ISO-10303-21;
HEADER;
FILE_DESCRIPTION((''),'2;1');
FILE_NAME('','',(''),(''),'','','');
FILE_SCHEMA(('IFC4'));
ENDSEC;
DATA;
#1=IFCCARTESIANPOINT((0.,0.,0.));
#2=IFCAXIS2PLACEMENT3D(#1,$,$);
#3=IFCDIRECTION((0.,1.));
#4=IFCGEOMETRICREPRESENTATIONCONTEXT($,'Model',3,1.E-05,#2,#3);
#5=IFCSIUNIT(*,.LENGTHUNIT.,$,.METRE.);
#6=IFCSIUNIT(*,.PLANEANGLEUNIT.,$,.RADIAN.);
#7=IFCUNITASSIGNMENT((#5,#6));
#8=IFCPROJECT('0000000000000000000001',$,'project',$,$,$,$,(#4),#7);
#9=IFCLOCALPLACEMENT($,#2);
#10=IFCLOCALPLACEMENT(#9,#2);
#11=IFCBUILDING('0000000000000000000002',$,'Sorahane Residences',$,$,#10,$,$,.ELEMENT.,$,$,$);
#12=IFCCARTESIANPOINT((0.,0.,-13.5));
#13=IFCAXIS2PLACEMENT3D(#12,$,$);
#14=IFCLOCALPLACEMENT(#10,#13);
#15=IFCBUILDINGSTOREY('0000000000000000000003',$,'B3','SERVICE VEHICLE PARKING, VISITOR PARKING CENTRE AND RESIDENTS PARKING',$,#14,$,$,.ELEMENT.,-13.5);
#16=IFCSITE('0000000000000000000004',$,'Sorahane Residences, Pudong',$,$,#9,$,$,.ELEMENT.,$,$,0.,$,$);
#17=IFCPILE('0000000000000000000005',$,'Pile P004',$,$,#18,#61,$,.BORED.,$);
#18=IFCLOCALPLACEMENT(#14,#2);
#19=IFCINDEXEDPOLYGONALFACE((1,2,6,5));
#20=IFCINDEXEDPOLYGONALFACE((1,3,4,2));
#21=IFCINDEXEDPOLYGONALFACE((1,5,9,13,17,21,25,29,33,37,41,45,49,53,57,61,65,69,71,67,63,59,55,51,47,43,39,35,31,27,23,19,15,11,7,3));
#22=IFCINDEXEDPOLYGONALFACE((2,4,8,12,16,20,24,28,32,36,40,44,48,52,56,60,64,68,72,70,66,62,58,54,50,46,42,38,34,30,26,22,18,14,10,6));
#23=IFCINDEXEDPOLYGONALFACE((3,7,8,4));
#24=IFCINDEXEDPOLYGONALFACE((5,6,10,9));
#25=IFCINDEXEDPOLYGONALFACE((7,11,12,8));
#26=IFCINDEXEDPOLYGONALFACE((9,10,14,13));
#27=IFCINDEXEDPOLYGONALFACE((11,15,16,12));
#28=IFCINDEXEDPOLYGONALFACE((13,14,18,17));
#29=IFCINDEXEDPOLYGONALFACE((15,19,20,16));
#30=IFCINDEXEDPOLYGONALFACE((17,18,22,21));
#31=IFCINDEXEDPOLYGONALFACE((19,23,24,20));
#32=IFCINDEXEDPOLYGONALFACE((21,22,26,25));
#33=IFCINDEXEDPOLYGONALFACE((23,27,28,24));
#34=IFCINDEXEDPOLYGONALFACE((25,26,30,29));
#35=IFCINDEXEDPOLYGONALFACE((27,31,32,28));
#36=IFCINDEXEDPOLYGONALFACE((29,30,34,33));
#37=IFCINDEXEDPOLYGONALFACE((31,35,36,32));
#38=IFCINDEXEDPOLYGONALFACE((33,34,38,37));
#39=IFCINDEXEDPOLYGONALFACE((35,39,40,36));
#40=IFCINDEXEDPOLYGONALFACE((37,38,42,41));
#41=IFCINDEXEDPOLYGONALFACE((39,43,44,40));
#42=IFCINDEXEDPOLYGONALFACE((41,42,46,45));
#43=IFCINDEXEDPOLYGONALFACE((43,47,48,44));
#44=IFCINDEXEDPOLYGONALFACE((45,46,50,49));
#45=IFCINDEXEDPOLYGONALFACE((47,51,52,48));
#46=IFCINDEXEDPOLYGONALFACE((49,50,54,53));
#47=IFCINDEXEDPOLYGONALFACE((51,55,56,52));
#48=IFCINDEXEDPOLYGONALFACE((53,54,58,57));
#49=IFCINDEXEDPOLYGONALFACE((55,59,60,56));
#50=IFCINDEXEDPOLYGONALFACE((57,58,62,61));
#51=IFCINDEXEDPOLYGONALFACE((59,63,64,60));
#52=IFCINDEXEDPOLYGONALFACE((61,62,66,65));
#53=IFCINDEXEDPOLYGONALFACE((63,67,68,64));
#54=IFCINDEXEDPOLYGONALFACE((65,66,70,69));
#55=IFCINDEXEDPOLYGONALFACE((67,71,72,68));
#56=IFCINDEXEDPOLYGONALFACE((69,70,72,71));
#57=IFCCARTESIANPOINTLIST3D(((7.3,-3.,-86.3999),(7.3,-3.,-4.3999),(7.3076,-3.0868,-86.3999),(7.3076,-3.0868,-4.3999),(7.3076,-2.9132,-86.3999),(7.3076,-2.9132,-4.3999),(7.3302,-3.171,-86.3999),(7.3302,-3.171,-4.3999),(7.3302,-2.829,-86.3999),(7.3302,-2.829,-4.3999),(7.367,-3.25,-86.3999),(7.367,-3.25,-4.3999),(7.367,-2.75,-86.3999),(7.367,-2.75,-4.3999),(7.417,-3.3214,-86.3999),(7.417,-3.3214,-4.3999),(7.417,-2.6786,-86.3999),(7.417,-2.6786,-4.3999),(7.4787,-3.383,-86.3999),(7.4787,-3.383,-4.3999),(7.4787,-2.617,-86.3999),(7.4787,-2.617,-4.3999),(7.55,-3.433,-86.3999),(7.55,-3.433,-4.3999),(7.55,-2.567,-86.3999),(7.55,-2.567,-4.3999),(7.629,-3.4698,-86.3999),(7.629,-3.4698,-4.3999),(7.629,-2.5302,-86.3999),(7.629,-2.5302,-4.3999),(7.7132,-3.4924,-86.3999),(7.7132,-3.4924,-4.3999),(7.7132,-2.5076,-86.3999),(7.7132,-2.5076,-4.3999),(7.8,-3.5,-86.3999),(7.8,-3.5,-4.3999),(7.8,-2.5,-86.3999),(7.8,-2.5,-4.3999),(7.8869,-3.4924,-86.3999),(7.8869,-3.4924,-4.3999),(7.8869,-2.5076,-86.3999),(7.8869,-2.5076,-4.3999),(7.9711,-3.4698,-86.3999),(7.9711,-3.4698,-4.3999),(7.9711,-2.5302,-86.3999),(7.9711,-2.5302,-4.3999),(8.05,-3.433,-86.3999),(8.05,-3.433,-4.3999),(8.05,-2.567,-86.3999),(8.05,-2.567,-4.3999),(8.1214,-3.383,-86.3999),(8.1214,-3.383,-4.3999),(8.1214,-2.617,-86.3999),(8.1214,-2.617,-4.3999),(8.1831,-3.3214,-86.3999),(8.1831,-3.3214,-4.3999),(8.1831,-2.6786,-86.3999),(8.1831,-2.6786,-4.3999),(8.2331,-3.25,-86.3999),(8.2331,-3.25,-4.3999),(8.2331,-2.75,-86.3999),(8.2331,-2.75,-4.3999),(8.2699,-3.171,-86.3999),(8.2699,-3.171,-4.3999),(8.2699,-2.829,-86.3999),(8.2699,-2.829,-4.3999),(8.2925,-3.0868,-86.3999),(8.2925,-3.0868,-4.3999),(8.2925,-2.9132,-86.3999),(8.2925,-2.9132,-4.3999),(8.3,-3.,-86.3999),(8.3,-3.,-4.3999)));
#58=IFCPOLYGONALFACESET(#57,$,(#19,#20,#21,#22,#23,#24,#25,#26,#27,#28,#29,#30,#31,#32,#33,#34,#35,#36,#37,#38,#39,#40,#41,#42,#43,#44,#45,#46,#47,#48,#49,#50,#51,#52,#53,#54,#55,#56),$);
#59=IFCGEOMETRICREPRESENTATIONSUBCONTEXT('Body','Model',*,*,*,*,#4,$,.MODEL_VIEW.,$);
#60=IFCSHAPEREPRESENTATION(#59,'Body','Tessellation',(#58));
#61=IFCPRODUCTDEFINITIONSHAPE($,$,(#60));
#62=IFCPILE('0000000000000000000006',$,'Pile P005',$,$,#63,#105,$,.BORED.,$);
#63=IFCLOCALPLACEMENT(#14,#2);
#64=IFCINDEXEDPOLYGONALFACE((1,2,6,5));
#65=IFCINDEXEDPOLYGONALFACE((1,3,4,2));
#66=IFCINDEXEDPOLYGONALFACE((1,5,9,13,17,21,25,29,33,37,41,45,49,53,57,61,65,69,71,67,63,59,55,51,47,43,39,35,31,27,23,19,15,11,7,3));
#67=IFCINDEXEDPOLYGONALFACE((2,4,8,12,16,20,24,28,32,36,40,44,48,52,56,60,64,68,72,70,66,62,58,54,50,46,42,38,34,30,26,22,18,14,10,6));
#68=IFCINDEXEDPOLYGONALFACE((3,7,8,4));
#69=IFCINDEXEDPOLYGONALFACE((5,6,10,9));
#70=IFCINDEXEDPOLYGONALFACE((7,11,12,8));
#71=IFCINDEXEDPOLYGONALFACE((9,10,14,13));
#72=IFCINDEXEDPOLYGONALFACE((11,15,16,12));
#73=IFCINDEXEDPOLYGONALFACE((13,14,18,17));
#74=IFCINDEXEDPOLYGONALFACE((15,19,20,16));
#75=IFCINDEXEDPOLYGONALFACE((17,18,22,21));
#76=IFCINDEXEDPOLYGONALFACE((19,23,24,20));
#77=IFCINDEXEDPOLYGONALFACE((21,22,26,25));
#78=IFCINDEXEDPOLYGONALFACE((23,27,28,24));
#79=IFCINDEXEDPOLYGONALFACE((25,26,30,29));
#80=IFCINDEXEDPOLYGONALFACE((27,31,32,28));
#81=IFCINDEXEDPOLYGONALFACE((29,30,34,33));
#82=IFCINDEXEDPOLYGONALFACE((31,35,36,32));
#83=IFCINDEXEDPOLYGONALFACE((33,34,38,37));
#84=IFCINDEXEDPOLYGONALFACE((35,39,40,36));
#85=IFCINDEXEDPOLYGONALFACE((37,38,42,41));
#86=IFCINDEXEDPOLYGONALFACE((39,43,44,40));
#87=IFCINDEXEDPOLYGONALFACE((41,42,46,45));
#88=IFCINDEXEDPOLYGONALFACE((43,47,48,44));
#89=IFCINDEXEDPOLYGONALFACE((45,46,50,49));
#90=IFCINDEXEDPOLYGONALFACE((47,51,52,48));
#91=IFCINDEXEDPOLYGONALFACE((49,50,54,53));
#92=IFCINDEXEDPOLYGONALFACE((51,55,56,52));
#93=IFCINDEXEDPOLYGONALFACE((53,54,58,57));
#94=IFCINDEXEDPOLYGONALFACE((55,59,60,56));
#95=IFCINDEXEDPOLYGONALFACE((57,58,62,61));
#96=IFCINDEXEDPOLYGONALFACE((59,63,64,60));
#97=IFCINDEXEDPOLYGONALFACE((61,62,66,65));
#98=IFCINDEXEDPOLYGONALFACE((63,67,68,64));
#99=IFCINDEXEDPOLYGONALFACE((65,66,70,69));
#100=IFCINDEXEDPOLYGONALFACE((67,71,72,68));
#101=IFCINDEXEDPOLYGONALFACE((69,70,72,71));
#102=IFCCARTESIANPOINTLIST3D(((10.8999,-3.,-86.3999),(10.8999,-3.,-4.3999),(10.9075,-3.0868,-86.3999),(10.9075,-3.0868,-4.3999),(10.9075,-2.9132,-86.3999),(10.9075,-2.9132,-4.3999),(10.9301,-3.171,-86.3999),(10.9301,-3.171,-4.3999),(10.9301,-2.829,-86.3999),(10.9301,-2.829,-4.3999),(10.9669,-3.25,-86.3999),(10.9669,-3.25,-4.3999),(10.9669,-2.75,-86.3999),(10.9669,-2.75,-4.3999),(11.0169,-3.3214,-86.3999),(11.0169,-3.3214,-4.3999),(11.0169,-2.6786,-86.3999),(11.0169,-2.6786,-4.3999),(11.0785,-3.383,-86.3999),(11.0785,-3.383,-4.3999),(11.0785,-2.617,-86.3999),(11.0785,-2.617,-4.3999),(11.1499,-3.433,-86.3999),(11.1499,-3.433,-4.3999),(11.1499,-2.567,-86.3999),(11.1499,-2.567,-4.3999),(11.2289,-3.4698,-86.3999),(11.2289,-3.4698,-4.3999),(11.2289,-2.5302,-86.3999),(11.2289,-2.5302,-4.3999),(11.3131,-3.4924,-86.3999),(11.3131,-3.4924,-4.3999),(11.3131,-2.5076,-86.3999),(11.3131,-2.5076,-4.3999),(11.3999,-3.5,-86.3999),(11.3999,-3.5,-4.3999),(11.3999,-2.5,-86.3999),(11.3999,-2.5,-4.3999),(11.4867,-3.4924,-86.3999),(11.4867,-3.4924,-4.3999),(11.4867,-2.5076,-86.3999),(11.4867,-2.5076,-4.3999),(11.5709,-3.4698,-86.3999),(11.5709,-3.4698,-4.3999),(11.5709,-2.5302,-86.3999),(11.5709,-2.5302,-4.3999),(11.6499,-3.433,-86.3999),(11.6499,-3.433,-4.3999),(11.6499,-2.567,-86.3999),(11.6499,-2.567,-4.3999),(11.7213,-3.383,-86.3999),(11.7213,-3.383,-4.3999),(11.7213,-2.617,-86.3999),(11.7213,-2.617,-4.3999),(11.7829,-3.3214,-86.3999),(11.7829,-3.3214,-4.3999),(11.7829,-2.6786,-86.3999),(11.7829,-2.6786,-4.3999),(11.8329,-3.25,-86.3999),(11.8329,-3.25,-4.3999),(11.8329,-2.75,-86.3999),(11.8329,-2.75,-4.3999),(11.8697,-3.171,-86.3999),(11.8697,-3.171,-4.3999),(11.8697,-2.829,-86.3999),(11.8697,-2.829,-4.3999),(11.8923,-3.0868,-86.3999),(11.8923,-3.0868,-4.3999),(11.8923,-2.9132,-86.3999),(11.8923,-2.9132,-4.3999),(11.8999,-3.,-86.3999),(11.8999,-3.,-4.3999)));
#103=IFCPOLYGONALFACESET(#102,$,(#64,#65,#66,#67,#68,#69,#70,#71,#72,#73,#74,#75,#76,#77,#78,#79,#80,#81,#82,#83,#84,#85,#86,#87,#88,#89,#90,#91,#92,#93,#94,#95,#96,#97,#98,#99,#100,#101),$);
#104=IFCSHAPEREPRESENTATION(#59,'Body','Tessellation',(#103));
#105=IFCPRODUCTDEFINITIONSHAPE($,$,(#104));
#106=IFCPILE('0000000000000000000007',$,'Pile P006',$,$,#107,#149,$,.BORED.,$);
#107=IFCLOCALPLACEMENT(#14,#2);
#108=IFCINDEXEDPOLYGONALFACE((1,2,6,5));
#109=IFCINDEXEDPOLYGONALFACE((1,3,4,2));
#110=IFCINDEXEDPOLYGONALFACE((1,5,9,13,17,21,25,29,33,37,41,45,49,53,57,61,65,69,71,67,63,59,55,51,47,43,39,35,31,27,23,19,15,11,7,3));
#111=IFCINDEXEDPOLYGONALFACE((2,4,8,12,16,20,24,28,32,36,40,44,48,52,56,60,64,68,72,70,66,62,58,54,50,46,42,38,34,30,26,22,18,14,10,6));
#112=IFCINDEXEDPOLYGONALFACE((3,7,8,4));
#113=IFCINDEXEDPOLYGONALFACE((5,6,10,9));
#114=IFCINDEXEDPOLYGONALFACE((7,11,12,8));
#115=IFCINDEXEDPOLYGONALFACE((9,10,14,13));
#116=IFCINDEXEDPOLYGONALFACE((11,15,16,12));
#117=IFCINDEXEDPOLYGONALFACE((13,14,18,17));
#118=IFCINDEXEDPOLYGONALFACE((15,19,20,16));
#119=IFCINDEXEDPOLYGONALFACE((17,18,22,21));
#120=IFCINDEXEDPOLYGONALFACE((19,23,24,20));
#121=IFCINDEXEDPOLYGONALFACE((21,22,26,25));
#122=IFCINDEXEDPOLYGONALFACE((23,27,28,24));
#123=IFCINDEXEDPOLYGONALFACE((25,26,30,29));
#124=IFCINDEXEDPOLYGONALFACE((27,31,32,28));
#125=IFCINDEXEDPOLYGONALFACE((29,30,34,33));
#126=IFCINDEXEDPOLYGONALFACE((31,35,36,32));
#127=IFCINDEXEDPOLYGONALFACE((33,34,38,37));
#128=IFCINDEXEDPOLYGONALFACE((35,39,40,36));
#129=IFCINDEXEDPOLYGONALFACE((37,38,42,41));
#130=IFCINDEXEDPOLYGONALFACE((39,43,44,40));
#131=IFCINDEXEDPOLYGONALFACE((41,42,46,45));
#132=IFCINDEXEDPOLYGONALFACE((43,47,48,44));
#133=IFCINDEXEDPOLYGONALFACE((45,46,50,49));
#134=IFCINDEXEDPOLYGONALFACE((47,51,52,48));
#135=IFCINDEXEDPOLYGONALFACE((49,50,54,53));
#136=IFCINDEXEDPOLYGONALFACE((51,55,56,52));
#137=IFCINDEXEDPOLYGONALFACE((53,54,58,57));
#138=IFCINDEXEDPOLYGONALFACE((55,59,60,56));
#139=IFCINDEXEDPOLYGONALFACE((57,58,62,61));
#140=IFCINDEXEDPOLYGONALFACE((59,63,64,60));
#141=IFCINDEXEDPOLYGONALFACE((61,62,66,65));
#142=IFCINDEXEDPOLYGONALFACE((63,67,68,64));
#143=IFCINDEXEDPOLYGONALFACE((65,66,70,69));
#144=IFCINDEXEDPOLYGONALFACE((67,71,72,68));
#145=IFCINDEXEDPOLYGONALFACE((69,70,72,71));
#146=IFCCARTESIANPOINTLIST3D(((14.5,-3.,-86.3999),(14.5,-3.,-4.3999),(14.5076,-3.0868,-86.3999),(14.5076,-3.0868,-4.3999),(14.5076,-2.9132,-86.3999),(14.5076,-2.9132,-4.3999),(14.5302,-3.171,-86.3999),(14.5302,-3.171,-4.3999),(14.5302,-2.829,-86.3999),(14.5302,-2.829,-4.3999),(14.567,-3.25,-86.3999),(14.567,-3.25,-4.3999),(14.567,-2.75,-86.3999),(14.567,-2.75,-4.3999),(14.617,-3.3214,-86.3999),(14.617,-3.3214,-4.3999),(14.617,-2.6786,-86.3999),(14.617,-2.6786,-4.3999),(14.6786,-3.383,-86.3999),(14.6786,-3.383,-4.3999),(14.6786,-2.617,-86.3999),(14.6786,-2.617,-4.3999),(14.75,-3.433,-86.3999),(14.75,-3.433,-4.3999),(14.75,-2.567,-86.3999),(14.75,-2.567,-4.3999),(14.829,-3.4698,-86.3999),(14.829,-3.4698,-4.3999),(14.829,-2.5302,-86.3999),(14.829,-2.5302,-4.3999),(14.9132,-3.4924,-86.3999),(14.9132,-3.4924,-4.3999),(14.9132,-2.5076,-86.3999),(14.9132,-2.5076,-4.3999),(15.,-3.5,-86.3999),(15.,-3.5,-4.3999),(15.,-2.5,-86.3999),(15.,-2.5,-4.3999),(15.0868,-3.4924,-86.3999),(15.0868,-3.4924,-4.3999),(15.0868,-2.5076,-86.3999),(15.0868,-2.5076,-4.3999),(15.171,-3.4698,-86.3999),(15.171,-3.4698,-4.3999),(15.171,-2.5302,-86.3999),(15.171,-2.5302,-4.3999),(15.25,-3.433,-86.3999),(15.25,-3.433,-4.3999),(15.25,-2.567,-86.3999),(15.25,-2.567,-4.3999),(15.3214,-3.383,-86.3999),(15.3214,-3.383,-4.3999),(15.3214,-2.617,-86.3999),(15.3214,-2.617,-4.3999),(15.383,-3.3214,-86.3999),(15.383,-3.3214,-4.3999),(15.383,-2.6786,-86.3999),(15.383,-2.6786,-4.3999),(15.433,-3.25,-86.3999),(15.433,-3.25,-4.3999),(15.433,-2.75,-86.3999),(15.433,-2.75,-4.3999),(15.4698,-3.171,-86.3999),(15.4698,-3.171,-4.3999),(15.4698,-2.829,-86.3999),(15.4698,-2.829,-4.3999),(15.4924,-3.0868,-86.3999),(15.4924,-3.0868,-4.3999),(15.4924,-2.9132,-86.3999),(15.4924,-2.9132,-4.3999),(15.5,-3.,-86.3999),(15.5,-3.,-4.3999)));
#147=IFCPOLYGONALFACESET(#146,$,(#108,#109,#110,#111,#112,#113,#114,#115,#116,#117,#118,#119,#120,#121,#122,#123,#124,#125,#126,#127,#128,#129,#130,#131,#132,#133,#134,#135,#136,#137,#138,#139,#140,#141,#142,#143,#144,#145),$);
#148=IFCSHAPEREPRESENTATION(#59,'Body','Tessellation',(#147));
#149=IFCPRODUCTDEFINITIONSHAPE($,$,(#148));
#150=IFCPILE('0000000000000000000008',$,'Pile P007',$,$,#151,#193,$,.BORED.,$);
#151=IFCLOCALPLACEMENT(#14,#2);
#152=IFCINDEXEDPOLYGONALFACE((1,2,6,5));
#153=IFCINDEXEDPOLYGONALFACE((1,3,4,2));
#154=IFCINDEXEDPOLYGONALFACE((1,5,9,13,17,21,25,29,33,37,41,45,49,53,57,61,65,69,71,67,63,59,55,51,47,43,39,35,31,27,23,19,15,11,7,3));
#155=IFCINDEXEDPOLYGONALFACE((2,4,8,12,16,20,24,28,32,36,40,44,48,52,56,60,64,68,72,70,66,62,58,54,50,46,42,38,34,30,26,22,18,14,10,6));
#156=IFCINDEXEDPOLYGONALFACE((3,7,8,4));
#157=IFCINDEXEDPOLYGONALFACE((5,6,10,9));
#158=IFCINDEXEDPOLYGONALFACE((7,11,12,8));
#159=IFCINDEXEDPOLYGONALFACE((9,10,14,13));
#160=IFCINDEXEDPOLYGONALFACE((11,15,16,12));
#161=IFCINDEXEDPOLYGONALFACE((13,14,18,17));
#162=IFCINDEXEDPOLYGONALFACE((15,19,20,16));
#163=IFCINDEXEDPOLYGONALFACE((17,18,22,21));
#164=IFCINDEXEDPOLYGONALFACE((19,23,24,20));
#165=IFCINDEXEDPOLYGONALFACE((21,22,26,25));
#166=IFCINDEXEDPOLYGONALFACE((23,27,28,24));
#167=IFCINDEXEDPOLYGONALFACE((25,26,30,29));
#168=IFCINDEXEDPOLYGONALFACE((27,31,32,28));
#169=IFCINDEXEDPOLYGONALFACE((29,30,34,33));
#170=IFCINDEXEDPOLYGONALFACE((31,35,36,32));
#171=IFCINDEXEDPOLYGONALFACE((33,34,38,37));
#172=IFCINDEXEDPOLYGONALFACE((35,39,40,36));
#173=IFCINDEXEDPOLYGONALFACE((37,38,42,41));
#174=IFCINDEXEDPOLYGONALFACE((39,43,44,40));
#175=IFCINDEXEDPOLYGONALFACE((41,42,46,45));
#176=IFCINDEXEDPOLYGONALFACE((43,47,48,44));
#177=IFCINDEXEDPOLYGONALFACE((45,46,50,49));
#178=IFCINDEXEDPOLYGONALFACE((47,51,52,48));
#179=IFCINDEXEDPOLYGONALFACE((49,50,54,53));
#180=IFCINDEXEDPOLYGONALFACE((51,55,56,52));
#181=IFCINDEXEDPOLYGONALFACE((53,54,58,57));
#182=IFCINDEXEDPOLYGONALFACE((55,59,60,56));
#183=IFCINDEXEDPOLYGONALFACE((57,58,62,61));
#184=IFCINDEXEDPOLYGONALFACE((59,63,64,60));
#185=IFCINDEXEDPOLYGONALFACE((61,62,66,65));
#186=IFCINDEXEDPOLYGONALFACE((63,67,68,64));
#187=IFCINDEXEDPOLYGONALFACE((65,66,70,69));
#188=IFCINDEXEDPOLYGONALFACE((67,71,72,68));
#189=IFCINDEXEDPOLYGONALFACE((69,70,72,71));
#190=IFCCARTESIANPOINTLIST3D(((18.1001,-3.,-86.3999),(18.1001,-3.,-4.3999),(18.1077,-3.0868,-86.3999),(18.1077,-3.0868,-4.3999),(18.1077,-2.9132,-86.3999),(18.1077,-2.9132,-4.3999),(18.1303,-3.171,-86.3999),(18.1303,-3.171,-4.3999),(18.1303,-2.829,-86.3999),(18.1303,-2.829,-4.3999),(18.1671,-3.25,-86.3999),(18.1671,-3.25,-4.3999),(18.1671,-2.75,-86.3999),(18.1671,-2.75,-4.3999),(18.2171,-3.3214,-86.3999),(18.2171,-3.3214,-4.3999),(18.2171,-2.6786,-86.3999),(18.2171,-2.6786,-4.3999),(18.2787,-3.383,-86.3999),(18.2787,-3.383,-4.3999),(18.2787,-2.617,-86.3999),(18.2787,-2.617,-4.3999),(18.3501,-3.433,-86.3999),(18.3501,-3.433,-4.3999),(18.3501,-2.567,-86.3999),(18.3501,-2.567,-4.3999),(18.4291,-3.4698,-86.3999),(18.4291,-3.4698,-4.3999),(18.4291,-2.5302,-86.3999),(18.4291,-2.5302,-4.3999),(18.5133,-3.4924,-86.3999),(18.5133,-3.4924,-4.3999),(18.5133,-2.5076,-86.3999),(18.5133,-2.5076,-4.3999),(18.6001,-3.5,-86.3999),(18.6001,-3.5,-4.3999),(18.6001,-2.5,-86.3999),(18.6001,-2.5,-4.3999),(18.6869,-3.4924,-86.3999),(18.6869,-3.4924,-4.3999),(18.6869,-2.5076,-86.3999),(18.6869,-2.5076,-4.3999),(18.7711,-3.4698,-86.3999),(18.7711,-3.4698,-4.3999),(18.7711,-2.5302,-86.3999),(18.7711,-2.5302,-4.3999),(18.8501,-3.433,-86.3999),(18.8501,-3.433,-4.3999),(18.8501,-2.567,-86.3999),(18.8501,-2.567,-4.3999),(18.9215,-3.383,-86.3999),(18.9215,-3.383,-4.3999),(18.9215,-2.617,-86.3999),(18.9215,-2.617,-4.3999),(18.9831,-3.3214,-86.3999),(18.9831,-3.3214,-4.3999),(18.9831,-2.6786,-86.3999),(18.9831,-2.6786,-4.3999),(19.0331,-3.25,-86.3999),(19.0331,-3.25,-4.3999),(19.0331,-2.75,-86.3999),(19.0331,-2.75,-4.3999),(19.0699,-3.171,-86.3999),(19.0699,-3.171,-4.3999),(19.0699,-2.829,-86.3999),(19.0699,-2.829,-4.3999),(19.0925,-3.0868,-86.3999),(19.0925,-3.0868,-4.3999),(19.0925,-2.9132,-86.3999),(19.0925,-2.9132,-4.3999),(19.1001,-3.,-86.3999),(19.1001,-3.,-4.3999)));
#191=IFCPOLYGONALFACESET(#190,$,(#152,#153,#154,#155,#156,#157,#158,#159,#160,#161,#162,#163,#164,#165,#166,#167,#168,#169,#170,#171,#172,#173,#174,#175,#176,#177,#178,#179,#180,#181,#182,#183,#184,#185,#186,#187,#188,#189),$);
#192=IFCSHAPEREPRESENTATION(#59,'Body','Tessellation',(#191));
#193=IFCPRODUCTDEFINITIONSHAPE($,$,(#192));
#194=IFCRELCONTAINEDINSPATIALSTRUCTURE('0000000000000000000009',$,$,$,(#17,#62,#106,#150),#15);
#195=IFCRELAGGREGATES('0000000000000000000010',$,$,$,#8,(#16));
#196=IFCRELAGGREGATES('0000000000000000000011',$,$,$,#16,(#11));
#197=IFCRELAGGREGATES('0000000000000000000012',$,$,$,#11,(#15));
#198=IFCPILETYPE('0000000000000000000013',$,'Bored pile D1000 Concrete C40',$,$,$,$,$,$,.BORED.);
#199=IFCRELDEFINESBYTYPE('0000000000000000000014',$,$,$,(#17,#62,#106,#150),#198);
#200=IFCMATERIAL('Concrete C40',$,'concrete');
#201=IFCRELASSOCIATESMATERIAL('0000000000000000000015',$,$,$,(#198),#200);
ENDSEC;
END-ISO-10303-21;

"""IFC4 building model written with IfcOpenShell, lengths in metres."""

from ifc_helpers import new_model, si_unit, direction, frame, origin, origin_2d, place, context, subcontext, project, spatial, circle, extrude, material, material_profile, profile_set, type_object, element, save


model = new_model("IFC4")

# Units and contexts
model_context = context("Model", 3, precision=1e-05, world=origin(), true_north=direction((0.0, 1.0)))
body_context = subcontext(model_context, "Body", "Model", "MODEL_VIEW")
ifc_project = project(units=[si_unit("LENGTHUNIT", "METRE"), si_unit("PLANEANGLEUNIT", "RADIAN")], contexts=[model_context])

# Site, building, storey
site_placement = place(None, origin())
site = spatial("IfcSite", under=ifc_project, at=site_placement, Name="Sorahane Residences, Pudong", CompositionType="ELEMENT", RefElevation=0.0)
building_placement = place(site_placement, origin())
building = spatial("IfcBuilding", under=site, at=building_placement, Name="Sorahane Residences", CompositionType="ELEMENT")
storey_placement = place(building_placement, frame((0.0, 0.0, -13.5)))
storey = spatial("IfcBuildingStorey", under=building, at=storey_placement, Name="B3", Description="SERVICE VEHICLE PARKING, VISITOR PARKING CENTRE AND RESIDENTS PARKING", CompositionType="ELEMENT", Elevation=-13.5)

# Piles
ifc_material_1 = material(Name="Concrete C40", Category="concrete")
ifc_material_profile_1 = material_profile(ifc_material_1, circle(Radius=0.5, at=origin_2d()), Name="D1000")
ifc_profile_set_1 = profile_set([ifc_material_profile_1], Name="Concrete C40")
pile_type = type_object("IfcPileType", Name="Bored pile D1000 Concrete C40", PredefinedType="BORED", material=ifc_profile_set_1)
for number, where, z_axis, x_axis, name in (
    (1, (7.8, -3.0, -4.3999), (0.0, 0.0, -1.0), (1.0, 0.0, 0.0), "Pile P004"),
    (2, (11.3999, -3.0, -4.3999), (0.0, 0.0, -1.0), (1.0, 0.0, 0.0), "Pile P005"),
    (3, (15.0, -3.0, -4.3999), (0.0, 0.0, -1.0), (1.0, 0.0, 0.0), "Pile P006"),
    (4, (18.6001, -3.0, -4.3999), (0.0, 0.0, -1.0), (1.0, 0.0, 0.0), "Pile P007"),
):
    element("IfcPile", number, at=place(storey_placement, frame(where, z_axis=z_axis, x_axis=x_axis)), inside=storey, type_object=pile_type, Name=name, PredefinedType="BORED", context=body_context, shape_type="SweptSolid", body=[
        extrude(circle(Radius=0.5, at=origin_2d()), origin(), (0.0, 0.0, 1.0), 82.0),
    ])

save(model, "model.ifc")
